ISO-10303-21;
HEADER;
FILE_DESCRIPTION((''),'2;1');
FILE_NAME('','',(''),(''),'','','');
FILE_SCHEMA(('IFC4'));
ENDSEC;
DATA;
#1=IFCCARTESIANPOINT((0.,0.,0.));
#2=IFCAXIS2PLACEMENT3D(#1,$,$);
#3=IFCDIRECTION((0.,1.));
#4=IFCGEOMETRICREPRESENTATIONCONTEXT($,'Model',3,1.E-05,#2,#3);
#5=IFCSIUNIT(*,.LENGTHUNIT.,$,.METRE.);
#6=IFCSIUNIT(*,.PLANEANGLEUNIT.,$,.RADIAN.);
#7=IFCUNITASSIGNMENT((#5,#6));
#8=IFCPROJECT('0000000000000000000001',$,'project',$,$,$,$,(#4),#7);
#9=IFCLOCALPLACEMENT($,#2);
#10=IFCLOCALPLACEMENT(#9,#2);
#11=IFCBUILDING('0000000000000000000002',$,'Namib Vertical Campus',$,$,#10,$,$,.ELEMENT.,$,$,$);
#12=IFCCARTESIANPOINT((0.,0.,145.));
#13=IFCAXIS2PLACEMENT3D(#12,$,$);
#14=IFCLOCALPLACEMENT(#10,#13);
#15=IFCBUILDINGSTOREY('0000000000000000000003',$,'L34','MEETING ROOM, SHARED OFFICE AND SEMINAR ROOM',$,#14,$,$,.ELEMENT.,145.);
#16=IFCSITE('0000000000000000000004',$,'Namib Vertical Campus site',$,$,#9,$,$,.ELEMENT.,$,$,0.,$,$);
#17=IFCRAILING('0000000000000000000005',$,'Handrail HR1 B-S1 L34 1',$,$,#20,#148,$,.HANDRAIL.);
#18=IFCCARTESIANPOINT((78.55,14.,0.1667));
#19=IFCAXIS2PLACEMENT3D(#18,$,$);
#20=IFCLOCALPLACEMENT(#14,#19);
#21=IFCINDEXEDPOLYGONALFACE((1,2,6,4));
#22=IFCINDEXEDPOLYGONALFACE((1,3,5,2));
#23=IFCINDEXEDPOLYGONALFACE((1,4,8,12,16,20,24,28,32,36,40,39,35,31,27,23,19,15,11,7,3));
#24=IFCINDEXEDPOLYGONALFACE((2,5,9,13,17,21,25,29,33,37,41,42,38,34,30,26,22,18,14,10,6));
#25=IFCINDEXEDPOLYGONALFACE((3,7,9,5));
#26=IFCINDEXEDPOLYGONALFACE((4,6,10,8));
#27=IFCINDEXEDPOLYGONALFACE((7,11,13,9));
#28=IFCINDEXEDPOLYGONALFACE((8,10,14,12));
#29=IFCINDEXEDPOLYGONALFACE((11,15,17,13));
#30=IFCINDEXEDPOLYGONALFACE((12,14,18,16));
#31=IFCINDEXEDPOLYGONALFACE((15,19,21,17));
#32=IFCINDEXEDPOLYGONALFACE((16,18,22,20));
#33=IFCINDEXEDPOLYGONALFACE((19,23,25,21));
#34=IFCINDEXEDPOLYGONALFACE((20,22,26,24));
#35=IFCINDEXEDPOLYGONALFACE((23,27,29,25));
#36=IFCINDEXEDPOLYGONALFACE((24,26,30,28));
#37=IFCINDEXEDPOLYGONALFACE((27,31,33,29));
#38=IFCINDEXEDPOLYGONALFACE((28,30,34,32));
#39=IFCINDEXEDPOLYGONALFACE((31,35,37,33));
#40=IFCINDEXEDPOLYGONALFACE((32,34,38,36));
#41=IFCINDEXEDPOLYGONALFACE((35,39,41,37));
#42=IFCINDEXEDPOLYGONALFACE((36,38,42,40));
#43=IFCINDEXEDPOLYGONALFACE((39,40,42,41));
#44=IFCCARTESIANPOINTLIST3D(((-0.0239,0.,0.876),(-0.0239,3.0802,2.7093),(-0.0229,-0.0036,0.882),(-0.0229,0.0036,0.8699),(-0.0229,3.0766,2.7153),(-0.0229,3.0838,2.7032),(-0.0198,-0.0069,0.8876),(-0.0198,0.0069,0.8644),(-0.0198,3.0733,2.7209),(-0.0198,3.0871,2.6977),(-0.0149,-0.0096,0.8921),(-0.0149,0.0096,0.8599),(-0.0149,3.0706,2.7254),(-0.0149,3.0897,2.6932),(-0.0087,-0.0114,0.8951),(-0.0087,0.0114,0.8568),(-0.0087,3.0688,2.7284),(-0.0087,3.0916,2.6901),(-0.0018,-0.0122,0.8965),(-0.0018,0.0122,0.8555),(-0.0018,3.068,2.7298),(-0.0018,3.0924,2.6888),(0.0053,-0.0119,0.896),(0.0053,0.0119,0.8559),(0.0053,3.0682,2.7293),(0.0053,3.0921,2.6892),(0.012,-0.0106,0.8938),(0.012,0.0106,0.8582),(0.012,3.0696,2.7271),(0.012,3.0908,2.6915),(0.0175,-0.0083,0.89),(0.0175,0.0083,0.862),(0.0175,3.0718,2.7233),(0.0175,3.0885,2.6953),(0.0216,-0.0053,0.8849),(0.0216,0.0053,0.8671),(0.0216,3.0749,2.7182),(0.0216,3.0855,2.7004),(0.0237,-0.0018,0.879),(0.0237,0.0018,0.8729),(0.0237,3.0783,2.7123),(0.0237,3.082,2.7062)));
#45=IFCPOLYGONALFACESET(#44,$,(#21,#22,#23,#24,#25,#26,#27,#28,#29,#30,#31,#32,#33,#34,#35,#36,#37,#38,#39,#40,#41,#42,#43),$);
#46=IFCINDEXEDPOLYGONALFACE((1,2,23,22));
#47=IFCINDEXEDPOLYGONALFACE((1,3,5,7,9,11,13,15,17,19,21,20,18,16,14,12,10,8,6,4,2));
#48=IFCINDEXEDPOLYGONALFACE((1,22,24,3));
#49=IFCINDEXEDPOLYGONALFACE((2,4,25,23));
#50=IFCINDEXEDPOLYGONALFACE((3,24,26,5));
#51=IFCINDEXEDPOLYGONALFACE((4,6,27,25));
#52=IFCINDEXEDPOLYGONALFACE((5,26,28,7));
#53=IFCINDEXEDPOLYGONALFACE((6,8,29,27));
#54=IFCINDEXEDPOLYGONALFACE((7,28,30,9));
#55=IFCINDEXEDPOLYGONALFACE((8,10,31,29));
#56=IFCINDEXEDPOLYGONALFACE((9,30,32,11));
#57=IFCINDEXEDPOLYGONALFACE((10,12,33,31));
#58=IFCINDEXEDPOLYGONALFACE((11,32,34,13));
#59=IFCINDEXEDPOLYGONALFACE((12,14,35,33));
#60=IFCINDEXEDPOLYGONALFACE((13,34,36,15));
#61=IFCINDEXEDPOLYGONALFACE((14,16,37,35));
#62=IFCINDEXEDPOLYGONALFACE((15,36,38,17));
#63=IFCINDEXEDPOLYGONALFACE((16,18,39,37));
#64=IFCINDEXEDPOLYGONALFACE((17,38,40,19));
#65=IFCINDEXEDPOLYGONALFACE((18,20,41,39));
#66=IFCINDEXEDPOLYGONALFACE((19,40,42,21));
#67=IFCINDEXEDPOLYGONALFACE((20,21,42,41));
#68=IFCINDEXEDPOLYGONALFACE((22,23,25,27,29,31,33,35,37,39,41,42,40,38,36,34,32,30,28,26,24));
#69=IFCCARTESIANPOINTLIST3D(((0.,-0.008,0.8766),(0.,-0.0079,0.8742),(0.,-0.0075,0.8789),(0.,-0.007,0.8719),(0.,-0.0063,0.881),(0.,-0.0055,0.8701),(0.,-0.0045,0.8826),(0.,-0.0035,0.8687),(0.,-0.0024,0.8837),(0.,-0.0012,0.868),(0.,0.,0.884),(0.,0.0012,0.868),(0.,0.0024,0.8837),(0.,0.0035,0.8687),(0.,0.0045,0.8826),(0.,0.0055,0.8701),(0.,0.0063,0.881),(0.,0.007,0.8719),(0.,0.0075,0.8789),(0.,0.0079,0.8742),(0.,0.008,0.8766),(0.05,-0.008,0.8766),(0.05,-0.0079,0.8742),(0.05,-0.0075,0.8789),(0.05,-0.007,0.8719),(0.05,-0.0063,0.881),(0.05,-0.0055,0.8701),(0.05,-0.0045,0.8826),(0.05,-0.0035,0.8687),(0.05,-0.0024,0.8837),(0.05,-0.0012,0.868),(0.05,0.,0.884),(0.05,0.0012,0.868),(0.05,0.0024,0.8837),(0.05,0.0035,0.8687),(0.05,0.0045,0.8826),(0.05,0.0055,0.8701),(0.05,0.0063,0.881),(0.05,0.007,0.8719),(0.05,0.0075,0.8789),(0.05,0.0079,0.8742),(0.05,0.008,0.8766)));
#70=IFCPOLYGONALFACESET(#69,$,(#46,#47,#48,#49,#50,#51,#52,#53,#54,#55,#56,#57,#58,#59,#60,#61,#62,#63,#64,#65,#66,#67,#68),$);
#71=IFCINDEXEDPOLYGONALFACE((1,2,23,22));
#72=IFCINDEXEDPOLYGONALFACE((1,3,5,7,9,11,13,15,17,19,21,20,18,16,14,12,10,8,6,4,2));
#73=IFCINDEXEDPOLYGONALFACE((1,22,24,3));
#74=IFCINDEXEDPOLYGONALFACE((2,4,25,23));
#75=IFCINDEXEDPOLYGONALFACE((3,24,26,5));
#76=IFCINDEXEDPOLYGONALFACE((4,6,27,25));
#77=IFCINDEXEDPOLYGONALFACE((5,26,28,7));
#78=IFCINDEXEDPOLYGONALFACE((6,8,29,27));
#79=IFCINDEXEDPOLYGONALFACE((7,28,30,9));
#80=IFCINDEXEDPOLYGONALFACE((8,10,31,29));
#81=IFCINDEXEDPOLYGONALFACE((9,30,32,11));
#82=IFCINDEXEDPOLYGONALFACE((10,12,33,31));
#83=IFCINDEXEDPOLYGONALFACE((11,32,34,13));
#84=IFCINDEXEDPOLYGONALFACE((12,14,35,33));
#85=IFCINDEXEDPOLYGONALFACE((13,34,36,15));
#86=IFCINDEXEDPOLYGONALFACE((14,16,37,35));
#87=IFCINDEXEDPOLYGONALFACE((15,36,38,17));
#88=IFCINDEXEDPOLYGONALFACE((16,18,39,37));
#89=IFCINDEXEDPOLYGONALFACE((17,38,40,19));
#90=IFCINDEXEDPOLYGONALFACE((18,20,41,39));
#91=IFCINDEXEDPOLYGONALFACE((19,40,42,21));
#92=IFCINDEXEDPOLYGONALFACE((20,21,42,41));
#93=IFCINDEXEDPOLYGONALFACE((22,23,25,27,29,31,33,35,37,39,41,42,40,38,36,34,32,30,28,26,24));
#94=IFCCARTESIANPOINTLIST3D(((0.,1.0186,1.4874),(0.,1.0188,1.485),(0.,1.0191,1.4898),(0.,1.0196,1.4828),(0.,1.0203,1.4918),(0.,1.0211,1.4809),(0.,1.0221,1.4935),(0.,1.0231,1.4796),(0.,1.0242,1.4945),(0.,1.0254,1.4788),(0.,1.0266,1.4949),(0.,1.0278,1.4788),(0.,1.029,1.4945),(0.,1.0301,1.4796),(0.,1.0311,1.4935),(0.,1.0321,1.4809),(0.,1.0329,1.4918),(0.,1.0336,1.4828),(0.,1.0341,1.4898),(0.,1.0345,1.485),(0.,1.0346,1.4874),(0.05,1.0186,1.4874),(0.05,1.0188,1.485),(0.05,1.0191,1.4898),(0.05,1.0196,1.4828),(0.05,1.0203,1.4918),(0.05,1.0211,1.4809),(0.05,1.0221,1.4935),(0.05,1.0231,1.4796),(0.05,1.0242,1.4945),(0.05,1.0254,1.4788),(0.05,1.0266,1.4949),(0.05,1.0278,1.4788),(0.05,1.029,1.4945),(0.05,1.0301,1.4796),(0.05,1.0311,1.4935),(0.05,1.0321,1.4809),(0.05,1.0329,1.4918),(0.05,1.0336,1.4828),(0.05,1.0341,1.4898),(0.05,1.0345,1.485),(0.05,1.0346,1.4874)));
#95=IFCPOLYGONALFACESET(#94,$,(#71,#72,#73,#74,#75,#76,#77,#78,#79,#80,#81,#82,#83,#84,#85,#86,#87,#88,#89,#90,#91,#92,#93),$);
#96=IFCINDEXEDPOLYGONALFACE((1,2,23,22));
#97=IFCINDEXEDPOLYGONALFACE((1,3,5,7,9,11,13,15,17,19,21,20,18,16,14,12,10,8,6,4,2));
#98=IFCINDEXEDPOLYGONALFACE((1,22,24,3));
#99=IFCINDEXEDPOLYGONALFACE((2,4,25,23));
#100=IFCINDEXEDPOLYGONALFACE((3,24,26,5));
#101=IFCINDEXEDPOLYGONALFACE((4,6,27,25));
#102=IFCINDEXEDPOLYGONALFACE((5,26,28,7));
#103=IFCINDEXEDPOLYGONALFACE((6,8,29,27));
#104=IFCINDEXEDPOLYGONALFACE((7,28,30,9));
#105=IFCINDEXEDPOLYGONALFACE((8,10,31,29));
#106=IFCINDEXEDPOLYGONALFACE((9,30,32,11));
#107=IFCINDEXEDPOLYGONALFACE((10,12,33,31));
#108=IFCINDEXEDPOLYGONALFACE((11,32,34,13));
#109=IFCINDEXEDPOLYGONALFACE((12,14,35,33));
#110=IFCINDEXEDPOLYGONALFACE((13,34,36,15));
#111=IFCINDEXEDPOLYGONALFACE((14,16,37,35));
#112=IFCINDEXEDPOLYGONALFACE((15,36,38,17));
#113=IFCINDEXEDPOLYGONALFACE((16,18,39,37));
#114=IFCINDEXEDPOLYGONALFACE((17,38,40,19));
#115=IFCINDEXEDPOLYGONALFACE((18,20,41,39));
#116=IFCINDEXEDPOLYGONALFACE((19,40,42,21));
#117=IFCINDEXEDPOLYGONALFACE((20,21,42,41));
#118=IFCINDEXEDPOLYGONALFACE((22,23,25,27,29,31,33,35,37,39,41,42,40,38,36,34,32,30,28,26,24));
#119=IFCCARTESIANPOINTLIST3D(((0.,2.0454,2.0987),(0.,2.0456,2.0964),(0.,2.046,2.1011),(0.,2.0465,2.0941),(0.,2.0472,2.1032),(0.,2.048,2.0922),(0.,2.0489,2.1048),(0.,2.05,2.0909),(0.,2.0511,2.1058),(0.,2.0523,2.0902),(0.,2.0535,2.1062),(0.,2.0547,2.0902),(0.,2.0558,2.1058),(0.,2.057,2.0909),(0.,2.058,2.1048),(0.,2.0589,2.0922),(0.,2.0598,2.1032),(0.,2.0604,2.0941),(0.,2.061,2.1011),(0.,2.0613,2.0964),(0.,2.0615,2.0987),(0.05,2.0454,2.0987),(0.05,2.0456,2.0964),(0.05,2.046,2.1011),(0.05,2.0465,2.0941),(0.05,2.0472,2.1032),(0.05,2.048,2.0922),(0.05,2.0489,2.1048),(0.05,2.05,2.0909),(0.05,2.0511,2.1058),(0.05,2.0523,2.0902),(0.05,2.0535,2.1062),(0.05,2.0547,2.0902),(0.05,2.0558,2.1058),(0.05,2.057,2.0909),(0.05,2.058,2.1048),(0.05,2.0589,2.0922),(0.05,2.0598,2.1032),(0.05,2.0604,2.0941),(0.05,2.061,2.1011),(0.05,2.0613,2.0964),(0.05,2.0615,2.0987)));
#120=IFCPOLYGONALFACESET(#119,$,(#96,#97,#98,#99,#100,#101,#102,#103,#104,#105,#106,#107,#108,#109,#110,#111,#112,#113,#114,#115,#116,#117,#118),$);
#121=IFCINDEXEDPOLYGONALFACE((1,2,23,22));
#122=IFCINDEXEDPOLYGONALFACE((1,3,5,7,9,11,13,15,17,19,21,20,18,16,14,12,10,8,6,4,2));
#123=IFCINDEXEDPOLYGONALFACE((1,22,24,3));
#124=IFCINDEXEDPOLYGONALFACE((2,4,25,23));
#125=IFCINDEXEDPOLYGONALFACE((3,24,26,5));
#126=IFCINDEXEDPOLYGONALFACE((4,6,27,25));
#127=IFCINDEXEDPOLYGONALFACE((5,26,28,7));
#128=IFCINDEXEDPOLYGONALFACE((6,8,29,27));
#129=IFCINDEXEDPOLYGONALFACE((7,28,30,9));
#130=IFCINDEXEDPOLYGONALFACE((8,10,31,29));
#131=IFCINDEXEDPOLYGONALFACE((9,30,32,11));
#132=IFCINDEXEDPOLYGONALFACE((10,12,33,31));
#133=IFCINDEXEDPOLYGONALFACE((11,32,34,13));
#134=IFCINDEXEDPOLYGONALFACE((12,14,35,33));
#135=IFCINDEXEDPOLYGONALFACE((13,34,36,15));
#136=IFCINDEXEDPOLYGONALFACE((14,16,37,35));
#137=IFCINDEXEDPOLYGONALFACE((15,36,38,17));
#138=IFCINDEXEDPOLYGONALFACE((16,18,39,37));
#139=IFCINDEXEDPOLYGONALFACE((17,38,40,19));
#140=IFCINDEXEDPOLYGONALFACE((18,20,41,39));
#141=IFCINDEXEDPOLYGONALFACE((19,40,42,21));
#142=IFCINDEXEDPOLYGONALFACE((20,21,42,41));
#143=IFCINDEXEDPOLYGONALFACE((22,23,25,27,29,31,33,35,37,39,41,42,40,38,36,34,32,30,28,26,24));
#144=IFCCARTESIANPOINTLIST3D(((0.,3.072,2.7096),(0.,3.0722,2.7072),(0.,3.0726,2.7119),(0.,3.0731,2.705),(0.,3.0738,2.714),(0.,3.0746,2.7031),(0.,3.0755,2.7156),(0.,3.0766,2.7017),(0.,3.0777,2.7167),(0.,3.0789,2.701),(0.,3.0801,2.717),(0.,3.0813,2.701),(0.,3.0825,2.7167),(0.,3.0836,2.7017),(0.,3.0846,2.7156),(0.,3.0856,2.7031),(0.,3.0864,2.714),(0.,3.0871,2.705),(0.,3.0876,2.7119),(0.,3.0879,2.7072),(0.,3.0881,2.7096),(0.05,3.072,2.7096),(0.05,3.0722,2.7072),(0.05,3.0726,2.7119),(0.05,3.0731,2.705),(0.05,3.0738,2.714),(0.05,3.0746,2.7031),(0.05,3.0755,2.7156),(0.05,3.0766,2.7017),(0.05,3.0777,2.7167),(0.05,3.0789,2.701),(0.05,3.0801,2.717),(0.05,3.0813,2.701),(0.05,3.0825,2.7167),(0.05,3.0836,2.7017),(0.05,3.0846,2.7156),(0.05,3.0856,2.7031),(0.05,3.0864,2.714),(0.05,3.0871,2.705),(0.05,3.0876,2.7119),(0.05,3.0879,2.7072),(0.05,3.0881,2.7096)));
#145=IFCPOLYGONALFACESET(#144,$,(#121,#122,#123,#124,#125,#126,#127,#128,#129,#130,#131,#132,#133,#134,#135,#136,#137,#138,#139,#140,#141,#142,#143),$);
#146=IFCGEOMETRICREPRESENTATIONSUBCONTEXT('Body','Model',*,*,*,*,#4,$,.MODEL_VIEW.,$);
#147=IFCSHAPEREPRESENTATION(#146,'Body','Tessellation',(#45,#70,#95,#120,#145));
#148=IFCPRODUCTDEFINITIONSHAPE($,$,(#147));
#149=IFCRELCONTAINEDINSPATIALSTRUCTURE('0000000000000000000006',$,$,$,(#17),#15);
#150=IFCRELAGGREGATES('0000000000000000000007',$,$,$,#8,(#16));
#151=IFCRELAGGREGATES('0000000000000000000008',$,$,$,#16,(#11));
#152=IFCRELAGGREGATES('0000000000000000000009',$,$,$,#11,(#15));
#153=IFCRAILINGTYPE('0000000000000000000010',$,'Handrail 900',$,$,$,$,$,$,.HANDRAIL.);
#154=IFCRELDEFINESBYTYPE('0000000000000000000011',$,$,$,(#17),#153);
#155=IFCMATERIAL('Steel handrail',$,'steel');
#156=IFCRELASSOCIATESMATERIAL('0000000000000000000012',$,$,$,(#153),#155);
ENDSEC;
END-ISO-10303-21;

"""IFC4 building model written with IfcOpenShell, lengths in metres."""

from ifc_helpers import new_model, si_unit, direction, frame, origin, origin_2d, place, context, subcontext, project, spatial, circle, extrude, material, type_object, element, save


model = new_model("IFC4")

# Units and contexts
model_context = context("Model", 3, precision=1e-05, world=origin(), true_north=direction((0.0, 1.0)))
body_context = subcontext(model_context, "Body", "Model", "MODEL_VIEW")
ifc_project = project(units=[si_unit("LENGTHUNIT", "METRE"), si_unit("PLANEANGLEUNIT", "RADIAN")], contexts=[model_context])

# Site, building, storey
site_placement = place(None, origin())
site = spatial("IfcSite", under=ifc_project, at=site_placement, Name="Namib Vertical Campus site", CompositionType="ELEMENT", RefElevation=0.0)
building_placement = place(site_placement, origin())
building = spatial("IfcBuilding", under=site, at=building_placement, Name="Namib Vertical Campus", CompositionType="ELEMENT")
storey_placement = place(building_placement, frame((0.0, 0.0, 145.0)))
storey = spatial("IfcBuildingStorey", under=building, at=storey_placement, Name="L34", Description="MEETING ROOM, SHARED OFFICE AND SEMINAR ROOM", CompositionType="ELEMENT", Elevation=145.0)

# Railing
ifc_material_1 = material(Name="Steel handrail", Category="steel")
railing_type_1 = type_object("IfcRailingType", Name="Handrail 900", PredefinedType="HANDRAIL", material=ifc_material_1)
railing_1_placement = place(storey_placement, frame((78.55, 14.0, 0.1667)))
element("IfcRailing", 1, at=railing_1_placement, inside=storey, type_object=railing_type_1, Name="Handrail HR1 B-S1 L34 1", PredefinedType="HANDRAIL", context=body_context, shape_type="SweptSolid", body=[
    extrude(circle(Radius=0.0239, at=origin_2d()), frame((0.0, 0.0, 0.876), z_axis=(0.0, 0.859309, 0.511458), x_axis=(-1.0, 0.0, 0.0)), (0.0, 0.0, 1.0), 3.5845),
    extrude(circle(Radius=0.0081, at=origin_2d()), frame((0.0, 0.0, 0.876), z_axis=(1.0, 0.0, 0.0), x_axis=(0.0, 0.0, 1.0)), (0.0, 0.0, 1.0), 0.05),
    extrude(circle(Radius=0.0081, at=origin_2d()), frame((0.0, 1.0266, 1.4868), z_axis=(1.0, 0.0, 0.0), x_axis=(0.0, 0.0, 1.0)), (0.0, 0.0, 1.0), 0.05),
    extrude(circle(Radius=0.0081, at=origin_2d()), frame((0.0, 2.0535, 2.0981), z_axis=(1.0, 0.0, 0.0), x_axis=(0.0, 0.0, 1.0)), (0.0, 0.0, 1.0), 0.05),
    extrude(circle(Radius=0.0081, at=origin_2d()), frame((0.0, 3.0801, 2.709), z_axis=(1.0, 0.0, 0.0), x_axis=(0.0, 0.0, 1.0)), (0.0, 0.0, 1.0), 0.05),
])

save(model, "model.ifc")
